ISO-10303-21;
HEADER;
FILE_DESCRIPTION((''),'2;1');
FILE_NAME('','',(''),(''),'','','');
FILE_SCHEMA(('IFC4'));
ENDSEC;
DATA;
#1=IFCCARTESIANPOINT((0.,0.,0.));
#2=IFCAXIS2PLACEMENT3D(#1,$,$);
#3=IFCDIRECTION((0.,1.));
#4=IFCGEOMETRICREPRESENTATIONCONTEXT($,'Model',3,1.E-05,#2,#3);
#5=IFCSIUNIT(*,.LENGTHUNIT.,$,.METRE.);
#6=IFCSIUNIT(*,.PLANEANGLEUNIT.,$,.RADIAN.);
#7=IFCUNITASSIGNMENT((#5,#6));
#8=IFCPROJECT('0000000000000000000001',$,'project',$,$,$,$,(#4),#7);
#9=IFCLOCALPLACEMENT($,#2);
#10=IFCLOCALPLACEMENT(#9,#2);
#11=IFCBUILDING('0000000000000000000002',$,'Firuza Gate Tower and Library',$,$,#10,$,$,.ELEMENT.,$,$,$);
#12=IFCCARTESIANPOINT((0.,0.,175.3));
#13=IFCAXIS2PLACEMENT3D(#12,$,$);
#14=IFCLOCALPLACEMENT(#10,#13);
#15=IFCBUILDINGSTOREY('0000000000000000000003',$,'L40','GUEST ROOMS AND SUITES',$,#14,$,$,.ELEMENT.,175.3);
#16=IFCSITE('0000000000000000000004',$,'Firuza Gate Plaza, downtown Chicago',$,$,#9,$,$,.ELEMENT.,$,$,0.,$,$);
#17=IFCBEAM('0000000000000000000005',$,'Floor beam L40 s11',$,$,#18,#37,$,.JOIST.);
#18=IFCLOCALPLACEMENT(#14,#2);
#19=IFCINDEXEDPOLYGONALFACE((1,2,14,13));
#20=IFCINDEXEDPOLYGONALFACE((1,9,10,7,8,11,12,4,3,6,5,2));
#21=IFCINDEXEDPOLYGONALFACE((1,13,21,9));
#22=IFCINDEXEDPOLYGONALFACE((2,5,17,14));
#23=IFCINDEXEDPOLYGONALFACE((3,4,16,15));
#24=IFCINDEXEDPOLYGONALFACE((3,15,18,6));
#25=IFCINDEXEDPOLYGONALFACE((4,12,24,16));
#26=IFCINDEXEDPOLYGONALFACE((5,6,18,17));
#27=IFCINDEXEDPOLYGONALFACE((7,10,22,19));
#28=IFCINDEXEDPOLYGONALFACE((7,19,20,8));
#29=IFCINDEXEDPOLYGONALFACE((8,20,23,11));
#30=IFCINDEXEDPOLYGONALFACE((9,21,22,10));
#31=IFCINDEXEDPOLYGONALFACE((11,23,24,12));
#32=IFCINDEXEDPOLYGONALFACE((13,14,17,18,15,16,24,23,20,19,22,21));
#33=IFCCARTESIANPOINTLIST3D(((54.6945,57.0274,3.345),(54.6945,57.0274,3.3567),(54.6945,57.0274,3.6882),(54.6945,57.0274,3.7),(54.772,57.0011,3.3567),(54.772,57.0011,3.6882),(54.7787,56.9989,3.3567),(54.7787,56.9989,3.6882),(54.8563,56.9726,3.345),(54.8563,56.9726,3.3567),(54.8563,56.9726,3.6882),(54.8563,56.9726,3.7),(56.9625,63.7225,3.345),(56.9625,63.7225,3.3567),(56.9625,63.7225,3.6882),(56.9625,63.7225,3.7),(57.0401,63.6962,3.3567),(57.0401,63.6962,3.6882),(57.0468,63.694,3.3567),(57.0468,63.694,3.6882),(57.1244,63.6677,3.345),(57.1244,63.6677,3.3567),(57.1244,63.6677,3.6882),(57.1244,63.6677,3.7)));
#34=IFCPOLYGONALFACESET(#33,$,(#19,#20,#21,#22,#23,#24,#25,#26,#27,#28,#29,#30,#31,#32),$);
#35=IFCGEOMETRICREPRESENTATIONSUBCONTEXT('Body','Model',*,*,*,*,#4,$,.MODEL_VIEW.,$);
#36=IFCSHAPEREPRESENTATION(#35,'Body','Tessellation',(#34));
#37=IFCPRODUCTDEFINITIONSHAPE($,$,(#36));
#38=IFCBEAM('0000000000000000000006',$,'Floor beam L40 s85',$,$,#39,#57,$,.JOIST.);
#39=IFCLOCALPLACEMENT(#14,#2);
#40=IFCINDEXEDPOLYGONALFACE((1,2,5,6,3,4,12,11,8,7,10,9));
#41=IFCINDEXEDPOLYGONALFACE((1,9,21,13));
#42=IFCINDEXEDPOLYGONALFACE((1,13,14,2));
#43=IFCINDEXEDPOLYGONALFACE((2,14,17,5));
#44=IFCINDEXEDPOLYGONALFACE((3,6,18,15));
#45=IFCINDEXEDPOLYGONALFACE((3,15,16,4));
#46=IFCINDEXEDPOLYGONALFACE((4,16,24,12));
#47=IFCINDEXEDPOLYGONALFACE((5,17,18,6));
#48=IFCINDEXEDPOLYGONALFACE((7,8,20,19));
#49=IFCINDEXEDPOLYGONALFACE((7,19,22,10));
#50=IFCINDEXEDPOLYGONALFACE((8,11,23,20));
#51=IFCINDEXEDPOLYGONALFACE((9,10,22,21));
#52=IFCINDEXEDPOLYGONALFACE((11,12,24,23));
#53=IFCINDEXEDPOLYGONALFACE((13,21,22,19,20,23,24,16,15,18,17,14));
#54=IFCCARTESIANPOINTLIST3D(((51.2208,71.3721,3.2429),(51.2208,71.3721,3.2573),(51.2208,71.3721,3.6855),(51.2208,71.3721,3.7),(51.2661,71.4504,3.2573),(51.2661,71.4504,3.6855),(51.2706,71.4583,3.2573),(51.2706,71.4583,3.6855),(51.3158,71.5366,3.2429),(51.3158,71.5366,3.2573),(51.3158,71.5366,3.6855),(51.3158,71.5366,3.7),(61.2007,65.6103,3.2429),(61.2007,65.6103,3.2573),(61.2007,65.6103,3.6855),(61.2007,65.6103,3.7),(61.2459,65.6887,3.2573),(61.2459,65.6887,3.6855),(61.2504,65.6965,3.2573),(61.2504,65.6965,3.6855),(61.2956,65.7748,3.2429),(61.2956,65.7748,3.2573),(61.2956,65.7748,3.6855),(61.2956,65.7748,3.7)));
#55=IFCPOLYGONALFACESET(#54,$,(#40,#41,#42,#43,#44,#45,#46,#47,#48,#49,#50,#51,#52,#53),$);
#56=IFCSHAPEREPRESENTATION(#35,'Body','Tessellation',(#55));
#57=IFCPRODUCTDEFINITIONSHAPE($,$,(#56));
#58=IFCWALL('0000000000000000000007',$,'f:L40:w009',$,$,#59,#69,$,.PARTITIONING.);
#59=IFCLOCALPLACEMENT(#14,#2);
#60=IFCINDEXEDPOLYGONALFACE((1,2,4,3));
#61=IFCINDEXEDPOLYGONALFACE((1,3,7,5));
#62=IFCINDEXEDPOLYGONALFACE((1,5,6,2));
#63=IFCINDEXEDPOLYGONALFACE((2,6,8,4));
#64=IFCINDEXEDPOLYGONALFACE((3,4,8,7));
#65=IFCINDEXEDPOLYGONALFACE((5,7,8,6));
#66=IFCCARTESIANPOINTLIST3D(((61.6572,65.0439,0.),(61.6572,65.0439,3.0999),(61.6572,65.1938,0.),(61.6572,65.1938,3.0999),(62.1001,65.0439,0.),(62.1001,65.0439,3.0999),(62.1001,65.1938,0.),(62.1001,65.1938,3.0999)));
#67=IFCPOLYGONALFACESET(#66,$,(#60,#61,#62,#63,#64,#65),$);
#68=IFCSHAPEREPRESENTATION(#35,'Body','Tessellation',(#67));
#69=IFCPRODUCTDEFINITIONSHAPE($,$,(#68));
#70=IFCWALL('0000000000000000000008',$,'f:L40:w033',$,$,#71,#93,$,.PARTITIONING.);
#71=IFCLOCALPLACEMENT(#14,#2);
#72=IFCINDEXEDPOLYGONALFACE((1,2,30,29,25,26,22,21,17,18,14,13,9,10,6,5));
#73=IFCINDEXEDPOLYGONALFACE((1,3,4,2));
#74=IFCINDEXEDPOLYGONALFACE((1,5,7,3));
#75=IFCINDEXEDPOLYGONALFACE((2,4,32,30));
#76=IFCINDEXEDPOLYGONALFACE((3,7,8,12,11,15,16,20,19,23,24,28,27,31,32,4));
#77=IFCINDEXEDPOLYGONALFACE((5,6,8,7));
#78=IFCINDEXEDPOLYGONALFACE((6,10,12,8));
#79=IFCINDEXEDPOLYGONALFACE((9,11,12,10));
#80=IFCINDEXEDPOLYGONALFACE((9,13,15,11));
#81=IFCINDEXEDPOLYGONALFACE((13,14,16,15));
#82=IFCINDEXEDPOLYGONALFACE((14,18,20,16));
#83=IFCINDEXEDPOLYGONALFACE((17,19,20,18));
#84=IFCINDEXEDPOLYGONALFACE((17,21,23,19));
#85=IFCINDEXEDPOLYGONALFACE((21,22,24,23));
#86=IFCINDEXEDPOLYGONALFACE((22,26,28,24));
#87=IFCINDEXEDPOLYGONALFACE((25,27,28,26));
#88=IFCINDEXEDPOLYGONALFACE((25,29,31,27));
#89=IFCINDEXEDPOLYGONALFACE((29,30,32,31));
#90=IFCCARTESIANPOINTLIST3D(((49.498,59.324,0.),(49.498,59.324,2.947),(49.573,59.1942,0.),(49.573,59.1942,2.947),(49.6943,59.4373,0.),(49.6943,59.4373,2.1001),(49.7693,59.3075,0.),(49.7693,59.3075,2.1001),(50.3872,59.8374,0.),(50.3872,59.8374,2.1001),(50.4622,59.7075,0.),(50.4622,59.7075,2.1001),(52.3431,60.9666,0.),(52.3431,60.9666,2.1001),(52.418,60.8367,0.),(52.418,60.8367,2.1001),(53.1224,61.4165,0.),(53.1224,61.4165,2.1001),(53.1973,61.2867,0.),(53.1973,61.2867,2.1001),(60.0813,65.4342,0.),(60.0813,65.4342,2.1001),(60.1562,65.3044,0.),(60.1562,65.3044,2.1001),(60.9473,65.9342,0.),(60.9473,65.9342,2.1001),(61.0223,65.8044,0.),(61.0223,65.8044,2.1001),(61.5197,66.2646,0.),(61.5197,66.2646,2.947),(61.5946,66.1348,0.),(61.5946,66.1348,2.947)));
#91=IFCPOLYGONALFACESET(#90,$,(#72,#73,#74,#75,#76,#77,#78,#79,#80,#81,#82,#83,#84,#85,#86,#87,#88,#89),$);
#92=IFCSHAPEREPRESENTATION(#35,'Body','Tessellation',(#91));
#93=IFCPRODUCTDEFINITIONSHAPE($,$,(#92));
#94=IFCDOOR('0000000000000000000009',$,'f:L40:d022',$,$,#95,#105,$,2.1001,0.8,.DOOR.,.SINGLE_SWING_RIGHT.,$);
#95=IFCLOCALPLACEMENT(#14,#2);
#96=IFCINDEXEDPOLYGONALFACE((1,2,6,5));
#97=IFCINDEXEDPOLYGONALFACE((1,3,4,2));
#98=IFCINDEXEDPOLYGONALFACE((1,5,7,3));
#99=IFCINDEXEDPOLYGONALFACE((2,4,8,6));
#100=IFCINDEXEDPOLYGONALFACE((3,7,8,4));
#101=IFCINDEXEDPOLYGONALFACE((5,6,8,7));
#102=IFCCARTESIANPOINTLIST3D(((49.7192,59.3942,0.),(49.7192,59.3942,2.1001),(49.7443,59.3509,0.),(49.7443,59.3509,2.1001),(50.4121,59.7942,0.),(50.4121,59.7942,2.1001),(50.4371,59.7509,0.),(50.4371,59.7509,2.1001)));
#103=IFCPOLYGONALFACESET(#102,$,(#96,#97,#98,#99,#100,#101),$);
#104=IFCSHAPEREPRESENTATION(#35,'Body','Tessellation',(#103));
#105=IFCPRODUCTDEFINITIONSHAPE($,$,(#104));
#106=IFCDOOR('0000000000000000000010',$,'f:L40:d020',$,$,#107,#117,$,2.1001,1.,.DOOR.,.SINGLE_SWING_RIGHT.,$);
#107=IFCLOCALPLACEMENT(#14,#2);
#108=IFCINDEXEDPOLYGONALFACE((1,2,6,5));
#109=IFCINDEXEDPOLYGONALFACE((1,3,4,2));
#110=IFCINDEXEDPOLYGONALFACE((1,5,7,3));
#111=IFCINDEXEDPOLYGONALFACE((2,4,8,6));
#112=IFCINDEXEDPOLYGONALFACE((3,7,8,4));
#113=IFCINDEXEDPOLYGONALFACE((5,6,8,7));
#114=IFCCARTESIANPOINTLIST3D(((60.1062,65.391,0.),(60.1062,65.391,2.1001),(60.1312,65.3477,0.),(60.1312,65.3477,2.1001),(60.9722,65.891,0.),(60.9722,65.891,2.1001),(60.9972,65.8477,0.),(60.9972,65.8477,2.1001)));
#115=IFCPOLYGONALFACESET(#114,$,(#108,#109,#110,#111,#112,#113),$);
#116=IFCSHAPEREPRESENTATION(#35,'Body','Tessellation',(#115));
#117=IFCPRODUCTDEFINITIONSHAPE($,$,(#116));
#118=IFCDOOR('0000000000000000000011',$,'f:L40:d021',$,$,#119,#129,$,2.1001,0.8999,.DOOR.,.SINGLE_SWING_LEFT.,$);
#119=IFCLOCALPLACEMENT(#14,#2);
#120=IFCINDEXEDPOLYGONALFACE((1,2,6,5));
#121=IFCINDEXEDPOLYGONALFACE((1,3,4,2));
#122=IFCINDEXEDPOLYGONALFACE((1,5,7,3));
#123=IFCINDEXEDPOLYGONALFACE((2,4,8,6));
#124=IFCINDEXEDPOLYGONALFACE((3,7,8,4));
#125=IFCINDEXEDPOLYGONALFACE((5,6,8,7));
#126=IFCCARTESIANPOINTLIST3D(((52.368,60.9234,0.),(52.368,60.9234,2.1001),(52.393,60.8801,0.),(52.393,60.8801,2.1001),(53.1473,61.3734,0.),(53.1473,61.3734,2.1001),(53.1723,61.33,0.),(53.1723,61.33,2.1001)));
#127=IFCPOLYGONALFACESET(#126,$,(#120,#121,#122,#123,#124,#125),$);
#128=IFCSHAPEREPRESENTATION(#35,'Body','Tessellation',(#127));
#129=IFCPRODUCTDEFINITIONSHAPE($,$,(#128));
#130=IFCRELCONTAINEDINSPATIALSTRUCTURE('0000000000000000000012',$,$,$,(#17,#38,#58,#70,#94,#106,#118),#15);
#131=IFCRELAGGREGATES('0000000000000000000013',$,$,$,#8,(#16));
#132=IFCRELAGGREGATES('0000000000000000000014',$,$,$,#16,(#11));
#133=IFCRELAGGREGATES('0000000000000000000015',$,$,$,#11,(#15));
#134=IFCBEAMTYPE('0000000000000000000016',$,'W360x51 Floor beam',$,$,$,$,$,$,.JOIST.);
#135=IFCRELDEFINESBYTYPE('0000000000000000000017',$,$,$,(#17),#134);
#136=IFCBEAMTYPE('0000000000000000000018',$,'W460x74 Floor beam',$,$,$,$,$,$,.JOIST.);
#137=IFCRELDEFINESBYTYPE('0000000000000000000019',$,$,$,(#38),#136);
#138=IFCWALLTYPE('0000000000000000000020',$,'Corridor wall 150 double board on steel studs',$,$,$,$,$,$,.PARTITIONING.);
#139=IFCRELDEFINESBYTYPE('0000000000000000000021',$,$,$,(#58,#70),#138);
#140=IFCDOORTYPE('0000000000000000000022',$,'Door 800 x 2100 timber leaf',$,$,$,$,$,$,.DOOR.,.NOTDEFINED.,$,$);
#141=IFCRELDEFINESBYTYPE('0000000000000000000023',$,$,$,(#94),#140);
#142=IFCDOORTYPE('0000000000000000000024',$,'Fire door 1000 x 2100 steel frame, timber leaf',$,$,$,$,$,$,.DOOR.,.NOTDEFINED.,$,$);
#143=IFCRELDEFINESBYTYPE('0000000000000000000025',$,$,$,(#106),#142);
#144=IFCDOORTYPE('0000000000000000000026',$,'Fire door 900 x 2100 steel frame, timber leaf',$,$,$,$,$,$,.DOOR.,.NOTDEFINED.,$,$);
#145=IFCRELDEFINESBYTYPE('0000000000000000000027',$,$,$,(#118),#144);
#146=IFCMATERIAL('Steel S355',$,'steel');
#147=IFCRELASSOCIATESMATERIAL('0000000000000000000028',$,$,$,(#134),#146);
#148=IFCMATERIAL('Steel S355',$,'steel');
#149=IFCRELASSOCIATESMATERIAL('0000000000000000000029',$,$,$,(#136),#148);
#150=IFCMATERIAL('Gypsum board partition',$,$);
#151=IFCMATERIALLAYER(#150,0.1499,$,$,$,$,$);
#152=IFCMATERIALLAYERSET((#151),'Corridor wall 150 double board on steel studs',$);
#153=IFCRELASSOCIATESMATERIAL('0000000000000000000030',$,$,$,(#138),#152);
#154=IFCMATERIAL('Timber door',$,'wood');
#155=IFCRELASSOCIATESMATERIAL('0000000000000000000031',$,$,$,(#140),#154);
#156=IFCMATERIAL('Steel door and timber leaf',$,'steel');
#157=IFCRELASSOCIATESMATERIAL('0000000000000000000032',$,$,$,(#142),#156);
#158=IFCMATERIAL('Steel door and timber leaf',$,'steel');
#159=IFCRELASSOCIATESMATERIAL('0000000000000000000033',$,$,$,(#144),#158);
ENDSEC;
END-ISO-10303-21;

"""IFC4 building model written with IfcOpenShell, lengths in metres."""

from ifc_helpers import new_model, si_unit, direction, frame, frame_2d, origin, origin_2d, place, context, subcontext, project, spatial, rectangle, i_section, extrude, material, layer, layer_set, material_profile, profile_set, type_object, element, fill, save


model = new_model("IFC4")

# Units and contexts
model_context = context("Model", 3, precision=1e-05, world=origin(), true_north=direction((0.0, 1.0)))
body_context = subcontext(model_context, "Body", "Model", "MODEL_VIEW")
ifc_project = project(units=[si_unit("LENGTHUNIT", "METRE"), si_unit("PLANEANGLEUNIT", "RADIAN")], contexts=[model_context])

# Site, building, storey
site_placement = place(None, origin())
site = spatial("IfcSite", under=ifc_project, at=site_placement, Name="Firuza Gate Plaza, downtown Chicago", CompositionType="ELEMENT", RefElevation=0.0)
building_placement = place(site_placement, origin())
building = spatial("IfcBuilding", under=site, at=building_placement, Name="Firuza Gate Tower and Library", CompositionType="ELEMENT")
storey_placement = place(building_placement, frame((0.0, 0.0, 175.3)))
storey = spatial("IfcBuildingStorey", under=building, at=storey_placement, Name="L40", Description="GUEST ROOMS AND SUITES", CompositionType="ELEMENT", Elevation=175.3)

# Beams
ifc_material_1 = material(Name="Steel S355", Category="steel")
ifc_material_profile_1 = material_profile(ifc_material_1, i_section(OverallWidth=0.1709, OverallDepth=0.355, WebThickness=0.0071, FlangeThickness=0.0117, at=origin_2d()))
ifc_profile_set_1 = profile_set([ifc_material_profile_1], Name="Steel S355")
beam_type_1 = type_object("IfcBeamType", Name="W360x51 Floor beam", PredefinedType="JOIST", material=ifc_profile_set_1)
beam_1_placement = place(storey_placement, frame((54.7754, 57.0, 3.5225), z_axis=(0.320856, 0.947128, 0.0), x_axis=(-0.947128, 0.320856, 0.0)))
element("IfcBeam", 1, at=beam_1_placement, inside=storey, type_object=beam_type_1, Name="Floor beam L40 s11", PredefinedType="JOIST", context=body_context, shape_type="SweptSolid", body=[
    extrude(i_section(OverallWidth=0.1709, OverallDepth=0.355, WebThickness=0.0071, FlangeThickness=0.0117, at=origin_2d()), origin(), (0.0, 0.0, 1.0), 7.0688),
])
ifc_material_2 = material(Name="Steel S355", Category="steel")
ifc_material_profile_2 = material_profile(ifc_material_2, i_section(OverallWidth=0.1899, OverallDepth=0.457, WebThickness=0.009, FlangeThickness=0.0144, at=origin_2d()))
ifc_profile_set_2 = profile_set([ifc_material_profile_2], Name="Steel S355")
beam_type_2 = type_object("IfcBeamType", Name="W460x74 Floor beam", PredefinedType="JOIST", material=ifc_profile_set_2)
beam_2_placement = place(storey_placement, frame((51.2683, 71.4543, 3.4714), z_axis=(0.866029, -0.499994, 0.0), x_axis=(0.499994, 0.866029, 0.0)))
element("IfcBeam", 2, at=beam_2_placement, inside=storey, type_object=beam_type_2, Name="Floor beam L40 s85", PredefinedType="JOIST", context=body_context, shape_type="SweptSolid", body=[
    extrude(i_section(OverallWidth=0.1899, OverallDepth=0.457, WebThickness=0.009, FlangeThickness=0.0144, at=origin_2d()), origin(), (0.0, 0.0, 1.0), 11.5237),
])

# Wall
ifc_material_3 = material(Name="Gypsum board partition")
ifc_layer_1 = layer(ifc_material_3, 0.1499)
ifc_layer_set_1 = layer_set([ifc_layer_1], Name="Corridor wall 150 double board on steel studs")
wall_type_1 = type_object("IfcWallType", Name="Corridor wall 150 double board on steel studs", PredefinedType="PARTITIONING", material=ifc_layer_set_1)
wall_1_placement = place(storey_placement, frame((61.6572, 65.1189, 0.0), z_axis=(0.0, 0.0, 1.0), x_axis=(1.0, 0.0, 0.0)))
element("IfcWall", 3, at=wall_1_placement, inside=storey, type_object=wall_type_1, Name="f:L40:w009", PredefinedType="PARTITIONING", context=body_context, shape_type="SweptSolid", body=[
    extrude(rectangle(XDim=0.4429, YDim=0.1499, at=frame_2d((0.2214, 0.0))), origin(), (0.0, 0.0, 1.0), 3.0999),
])

# Wall, openings, doors
wall_2_placement = place(storey_placement, frame((61.5571, 66.1997, 0.0), z_axis=(0.0, 0.0, 1.0), x_axis=(-0.866028, -0.499996, 0.0)))
wall_2 = element("IfcWall", 4, at=wall_2_placement, inside=storey, type_object=wall_type_1, Name="f:L40:w033", PredefinedType="PARTITIONING", context=body_context, shape_type="SweptSolid", body=[
    extrude(rectangle(XDim=13.8813, YDim=0.1499, at=frame_2d((6.9407, 0.0))), origin(), (0.0, 0.0, 1.0), 2.947),
])
opening_1_placement = place(wall_2_placement, frame((0.6609, 0.0, 0.0)))
opening_1 = element("IfcOpeningElement", 5, at=opening_1_placement, cuts=wall_2, PredefinedType="OPENING", context=body_context, shape_type="SweptSolid", body=[
    extrude(rectangle(XDim=1.0, YDim=2.1001, at=frame_2d((0.5, 1.05))), frame((0.0, 0.085, 0.0), z_axis=(0.0, -1.0, 0.0), x_axis=(1.0, 0.0, 0.0)), (0.0, 0.0, 1.0), 0.1699),
])
opening_2_placement = place(wall_2_placement, frame((9.6963, 0.0, 0.0)))
opening_2 = element("IfcOpeningElement", 6, at=opening_2_placement, cuts=wall_2, PredefinedType="OPENING", context=body_context, shape_type="SweptSolid", body=[
    extrude(rectangle(XDim=0.8999, YDim=2.1001, at=frame_2d((0.45, 1.05))), frame((0.0, 0.085, 0.0), z_axis=(0.0, -1.0, 0.0), x_axis=(1.0, 0.0, 0.0)), (0.0, 0.0, 1.0), 0.1699),
])
opening_3_placement = place(wall_2_placement, frame((12.8547, 0.0, 0.0)))
opening_3 = element("IfcOpeningElement", 7, at=opening_3_placement, cuts=wall_2, PredefinedType="OPENING", context=body_context, shape_type="SweptSolid", body=[
    extrude(rectangle(XDim=0.8, YDim=2.1001, at=frame_2d((0.3999, 1.05))), frame((0.0, 0.085, 0.0), z_axis=(0.0, -1.0, 0.0), x_axis=(1.0, 0.0, 0.0)), (0.0, 0.0, 1.0), 0.1699),
])
ifc_material_4 = material(Name="Timber door", Category="wood")
door_type_1 = type_object("IfcDoorType", Name="Door 800 x 2100 timber leaf", OperationType="NOTDEFINED", PredefinedType="DOOR", material=ifc_material_4)
door_1_placement = place(opening_3_placement, origin())
door_1 = element("IfcDoor", 8, at=door_1_placement, inside=storey, type_object=door_type_1, Name="f:L40:d022", OperationType="SINGLE_SWING_RIGHT", OverallHeight=2.1001, OverallWidth=0.8, PredefinedType="DOOR", context=body_context, shape_type="SweptSolid", body=[
    extrude(rectangle(XDim=0.8, YDim=2.1001, at=frame_2d((0.3999, 1.05))), frame((0.0, 0.0249, 0.0), z_axis=(0.0, -1.0, 0.0), x_axis=(1.0, 0.0, 0.0)), (0.0, 0.0, 1.0), 0.05),
])
fill(opening_3, door_1)
ifc_material_5 = material(Name="Steel door and timber leaf", Category="steel")
door_type_2 = type_object("IfcDoorType", Name="Fire door 1000 x 2100 steel frame, timber leaf", OperationType="NOTDEFINED", PredefinedType="DOOR", material=ifc_material_5)
door_2_placement = place(opening_1_placement, origin())
door_2 = element("IfcDoor", 9, at=door_2_placement, inside=storey, type_object=door_type_2, Name="f:L40:d020", OperationType="SINGLE_SWING_RIGHT", OverallHeight=2.1001, OverallWidth=1.0, PredefinedType="DOOR", context=body_context, shape_type="SweptSolid", body=[
    extrude(rectangle(XDim=1.0, YDim=2.1001, at=frame_2d((0.5, 1.05))), frame((0.0, 0.0249, 0.0), z_axis=(0.0, -1.0, 0.0), x_axis=(1.0, 0.0, 0.0)), (0.0, 0.0, 1.0), 0.05),
])
fill(opening_1, door_2)
ifc_material_6 = material(Name="Steel door and timber leaf", Category="steel")
door_type_3 = type_object("IfcDoorType", Name="Fire door 900 x 2100 steel frame, timber leaf", OperationType="NOTDEFINED", PredefinedType="DOOR", material=ifc_material_6)
door_3_placement = place(opening_2_placement, origin())
door_3 = element("IfcDoor", 10, at=door_3_placement, inside=storey, type_object=door_type_3, Name="f:L40:d021", OperationType="SINGLE_SWING_LEFT", OverallHeight=2.1001, OverallWidth=0.8999, PredefinedType="DOOR", context=body_context, shape_type="SweptSolid", body=[
    extrude(rectangle(XDim=0.8999, YDim=2.1001, at=frame_2d((0.45, 1.05))), frame((0.0, 0.0249, 0.0), z_axis=(0.0, -1.0, 0.0), x_axis=(1.0, 0.0, 0.0)), (0.0, 0.0, 1.0), 0.05),
])
fill(opening_2, door_3)

save(model, "model.ifc")
